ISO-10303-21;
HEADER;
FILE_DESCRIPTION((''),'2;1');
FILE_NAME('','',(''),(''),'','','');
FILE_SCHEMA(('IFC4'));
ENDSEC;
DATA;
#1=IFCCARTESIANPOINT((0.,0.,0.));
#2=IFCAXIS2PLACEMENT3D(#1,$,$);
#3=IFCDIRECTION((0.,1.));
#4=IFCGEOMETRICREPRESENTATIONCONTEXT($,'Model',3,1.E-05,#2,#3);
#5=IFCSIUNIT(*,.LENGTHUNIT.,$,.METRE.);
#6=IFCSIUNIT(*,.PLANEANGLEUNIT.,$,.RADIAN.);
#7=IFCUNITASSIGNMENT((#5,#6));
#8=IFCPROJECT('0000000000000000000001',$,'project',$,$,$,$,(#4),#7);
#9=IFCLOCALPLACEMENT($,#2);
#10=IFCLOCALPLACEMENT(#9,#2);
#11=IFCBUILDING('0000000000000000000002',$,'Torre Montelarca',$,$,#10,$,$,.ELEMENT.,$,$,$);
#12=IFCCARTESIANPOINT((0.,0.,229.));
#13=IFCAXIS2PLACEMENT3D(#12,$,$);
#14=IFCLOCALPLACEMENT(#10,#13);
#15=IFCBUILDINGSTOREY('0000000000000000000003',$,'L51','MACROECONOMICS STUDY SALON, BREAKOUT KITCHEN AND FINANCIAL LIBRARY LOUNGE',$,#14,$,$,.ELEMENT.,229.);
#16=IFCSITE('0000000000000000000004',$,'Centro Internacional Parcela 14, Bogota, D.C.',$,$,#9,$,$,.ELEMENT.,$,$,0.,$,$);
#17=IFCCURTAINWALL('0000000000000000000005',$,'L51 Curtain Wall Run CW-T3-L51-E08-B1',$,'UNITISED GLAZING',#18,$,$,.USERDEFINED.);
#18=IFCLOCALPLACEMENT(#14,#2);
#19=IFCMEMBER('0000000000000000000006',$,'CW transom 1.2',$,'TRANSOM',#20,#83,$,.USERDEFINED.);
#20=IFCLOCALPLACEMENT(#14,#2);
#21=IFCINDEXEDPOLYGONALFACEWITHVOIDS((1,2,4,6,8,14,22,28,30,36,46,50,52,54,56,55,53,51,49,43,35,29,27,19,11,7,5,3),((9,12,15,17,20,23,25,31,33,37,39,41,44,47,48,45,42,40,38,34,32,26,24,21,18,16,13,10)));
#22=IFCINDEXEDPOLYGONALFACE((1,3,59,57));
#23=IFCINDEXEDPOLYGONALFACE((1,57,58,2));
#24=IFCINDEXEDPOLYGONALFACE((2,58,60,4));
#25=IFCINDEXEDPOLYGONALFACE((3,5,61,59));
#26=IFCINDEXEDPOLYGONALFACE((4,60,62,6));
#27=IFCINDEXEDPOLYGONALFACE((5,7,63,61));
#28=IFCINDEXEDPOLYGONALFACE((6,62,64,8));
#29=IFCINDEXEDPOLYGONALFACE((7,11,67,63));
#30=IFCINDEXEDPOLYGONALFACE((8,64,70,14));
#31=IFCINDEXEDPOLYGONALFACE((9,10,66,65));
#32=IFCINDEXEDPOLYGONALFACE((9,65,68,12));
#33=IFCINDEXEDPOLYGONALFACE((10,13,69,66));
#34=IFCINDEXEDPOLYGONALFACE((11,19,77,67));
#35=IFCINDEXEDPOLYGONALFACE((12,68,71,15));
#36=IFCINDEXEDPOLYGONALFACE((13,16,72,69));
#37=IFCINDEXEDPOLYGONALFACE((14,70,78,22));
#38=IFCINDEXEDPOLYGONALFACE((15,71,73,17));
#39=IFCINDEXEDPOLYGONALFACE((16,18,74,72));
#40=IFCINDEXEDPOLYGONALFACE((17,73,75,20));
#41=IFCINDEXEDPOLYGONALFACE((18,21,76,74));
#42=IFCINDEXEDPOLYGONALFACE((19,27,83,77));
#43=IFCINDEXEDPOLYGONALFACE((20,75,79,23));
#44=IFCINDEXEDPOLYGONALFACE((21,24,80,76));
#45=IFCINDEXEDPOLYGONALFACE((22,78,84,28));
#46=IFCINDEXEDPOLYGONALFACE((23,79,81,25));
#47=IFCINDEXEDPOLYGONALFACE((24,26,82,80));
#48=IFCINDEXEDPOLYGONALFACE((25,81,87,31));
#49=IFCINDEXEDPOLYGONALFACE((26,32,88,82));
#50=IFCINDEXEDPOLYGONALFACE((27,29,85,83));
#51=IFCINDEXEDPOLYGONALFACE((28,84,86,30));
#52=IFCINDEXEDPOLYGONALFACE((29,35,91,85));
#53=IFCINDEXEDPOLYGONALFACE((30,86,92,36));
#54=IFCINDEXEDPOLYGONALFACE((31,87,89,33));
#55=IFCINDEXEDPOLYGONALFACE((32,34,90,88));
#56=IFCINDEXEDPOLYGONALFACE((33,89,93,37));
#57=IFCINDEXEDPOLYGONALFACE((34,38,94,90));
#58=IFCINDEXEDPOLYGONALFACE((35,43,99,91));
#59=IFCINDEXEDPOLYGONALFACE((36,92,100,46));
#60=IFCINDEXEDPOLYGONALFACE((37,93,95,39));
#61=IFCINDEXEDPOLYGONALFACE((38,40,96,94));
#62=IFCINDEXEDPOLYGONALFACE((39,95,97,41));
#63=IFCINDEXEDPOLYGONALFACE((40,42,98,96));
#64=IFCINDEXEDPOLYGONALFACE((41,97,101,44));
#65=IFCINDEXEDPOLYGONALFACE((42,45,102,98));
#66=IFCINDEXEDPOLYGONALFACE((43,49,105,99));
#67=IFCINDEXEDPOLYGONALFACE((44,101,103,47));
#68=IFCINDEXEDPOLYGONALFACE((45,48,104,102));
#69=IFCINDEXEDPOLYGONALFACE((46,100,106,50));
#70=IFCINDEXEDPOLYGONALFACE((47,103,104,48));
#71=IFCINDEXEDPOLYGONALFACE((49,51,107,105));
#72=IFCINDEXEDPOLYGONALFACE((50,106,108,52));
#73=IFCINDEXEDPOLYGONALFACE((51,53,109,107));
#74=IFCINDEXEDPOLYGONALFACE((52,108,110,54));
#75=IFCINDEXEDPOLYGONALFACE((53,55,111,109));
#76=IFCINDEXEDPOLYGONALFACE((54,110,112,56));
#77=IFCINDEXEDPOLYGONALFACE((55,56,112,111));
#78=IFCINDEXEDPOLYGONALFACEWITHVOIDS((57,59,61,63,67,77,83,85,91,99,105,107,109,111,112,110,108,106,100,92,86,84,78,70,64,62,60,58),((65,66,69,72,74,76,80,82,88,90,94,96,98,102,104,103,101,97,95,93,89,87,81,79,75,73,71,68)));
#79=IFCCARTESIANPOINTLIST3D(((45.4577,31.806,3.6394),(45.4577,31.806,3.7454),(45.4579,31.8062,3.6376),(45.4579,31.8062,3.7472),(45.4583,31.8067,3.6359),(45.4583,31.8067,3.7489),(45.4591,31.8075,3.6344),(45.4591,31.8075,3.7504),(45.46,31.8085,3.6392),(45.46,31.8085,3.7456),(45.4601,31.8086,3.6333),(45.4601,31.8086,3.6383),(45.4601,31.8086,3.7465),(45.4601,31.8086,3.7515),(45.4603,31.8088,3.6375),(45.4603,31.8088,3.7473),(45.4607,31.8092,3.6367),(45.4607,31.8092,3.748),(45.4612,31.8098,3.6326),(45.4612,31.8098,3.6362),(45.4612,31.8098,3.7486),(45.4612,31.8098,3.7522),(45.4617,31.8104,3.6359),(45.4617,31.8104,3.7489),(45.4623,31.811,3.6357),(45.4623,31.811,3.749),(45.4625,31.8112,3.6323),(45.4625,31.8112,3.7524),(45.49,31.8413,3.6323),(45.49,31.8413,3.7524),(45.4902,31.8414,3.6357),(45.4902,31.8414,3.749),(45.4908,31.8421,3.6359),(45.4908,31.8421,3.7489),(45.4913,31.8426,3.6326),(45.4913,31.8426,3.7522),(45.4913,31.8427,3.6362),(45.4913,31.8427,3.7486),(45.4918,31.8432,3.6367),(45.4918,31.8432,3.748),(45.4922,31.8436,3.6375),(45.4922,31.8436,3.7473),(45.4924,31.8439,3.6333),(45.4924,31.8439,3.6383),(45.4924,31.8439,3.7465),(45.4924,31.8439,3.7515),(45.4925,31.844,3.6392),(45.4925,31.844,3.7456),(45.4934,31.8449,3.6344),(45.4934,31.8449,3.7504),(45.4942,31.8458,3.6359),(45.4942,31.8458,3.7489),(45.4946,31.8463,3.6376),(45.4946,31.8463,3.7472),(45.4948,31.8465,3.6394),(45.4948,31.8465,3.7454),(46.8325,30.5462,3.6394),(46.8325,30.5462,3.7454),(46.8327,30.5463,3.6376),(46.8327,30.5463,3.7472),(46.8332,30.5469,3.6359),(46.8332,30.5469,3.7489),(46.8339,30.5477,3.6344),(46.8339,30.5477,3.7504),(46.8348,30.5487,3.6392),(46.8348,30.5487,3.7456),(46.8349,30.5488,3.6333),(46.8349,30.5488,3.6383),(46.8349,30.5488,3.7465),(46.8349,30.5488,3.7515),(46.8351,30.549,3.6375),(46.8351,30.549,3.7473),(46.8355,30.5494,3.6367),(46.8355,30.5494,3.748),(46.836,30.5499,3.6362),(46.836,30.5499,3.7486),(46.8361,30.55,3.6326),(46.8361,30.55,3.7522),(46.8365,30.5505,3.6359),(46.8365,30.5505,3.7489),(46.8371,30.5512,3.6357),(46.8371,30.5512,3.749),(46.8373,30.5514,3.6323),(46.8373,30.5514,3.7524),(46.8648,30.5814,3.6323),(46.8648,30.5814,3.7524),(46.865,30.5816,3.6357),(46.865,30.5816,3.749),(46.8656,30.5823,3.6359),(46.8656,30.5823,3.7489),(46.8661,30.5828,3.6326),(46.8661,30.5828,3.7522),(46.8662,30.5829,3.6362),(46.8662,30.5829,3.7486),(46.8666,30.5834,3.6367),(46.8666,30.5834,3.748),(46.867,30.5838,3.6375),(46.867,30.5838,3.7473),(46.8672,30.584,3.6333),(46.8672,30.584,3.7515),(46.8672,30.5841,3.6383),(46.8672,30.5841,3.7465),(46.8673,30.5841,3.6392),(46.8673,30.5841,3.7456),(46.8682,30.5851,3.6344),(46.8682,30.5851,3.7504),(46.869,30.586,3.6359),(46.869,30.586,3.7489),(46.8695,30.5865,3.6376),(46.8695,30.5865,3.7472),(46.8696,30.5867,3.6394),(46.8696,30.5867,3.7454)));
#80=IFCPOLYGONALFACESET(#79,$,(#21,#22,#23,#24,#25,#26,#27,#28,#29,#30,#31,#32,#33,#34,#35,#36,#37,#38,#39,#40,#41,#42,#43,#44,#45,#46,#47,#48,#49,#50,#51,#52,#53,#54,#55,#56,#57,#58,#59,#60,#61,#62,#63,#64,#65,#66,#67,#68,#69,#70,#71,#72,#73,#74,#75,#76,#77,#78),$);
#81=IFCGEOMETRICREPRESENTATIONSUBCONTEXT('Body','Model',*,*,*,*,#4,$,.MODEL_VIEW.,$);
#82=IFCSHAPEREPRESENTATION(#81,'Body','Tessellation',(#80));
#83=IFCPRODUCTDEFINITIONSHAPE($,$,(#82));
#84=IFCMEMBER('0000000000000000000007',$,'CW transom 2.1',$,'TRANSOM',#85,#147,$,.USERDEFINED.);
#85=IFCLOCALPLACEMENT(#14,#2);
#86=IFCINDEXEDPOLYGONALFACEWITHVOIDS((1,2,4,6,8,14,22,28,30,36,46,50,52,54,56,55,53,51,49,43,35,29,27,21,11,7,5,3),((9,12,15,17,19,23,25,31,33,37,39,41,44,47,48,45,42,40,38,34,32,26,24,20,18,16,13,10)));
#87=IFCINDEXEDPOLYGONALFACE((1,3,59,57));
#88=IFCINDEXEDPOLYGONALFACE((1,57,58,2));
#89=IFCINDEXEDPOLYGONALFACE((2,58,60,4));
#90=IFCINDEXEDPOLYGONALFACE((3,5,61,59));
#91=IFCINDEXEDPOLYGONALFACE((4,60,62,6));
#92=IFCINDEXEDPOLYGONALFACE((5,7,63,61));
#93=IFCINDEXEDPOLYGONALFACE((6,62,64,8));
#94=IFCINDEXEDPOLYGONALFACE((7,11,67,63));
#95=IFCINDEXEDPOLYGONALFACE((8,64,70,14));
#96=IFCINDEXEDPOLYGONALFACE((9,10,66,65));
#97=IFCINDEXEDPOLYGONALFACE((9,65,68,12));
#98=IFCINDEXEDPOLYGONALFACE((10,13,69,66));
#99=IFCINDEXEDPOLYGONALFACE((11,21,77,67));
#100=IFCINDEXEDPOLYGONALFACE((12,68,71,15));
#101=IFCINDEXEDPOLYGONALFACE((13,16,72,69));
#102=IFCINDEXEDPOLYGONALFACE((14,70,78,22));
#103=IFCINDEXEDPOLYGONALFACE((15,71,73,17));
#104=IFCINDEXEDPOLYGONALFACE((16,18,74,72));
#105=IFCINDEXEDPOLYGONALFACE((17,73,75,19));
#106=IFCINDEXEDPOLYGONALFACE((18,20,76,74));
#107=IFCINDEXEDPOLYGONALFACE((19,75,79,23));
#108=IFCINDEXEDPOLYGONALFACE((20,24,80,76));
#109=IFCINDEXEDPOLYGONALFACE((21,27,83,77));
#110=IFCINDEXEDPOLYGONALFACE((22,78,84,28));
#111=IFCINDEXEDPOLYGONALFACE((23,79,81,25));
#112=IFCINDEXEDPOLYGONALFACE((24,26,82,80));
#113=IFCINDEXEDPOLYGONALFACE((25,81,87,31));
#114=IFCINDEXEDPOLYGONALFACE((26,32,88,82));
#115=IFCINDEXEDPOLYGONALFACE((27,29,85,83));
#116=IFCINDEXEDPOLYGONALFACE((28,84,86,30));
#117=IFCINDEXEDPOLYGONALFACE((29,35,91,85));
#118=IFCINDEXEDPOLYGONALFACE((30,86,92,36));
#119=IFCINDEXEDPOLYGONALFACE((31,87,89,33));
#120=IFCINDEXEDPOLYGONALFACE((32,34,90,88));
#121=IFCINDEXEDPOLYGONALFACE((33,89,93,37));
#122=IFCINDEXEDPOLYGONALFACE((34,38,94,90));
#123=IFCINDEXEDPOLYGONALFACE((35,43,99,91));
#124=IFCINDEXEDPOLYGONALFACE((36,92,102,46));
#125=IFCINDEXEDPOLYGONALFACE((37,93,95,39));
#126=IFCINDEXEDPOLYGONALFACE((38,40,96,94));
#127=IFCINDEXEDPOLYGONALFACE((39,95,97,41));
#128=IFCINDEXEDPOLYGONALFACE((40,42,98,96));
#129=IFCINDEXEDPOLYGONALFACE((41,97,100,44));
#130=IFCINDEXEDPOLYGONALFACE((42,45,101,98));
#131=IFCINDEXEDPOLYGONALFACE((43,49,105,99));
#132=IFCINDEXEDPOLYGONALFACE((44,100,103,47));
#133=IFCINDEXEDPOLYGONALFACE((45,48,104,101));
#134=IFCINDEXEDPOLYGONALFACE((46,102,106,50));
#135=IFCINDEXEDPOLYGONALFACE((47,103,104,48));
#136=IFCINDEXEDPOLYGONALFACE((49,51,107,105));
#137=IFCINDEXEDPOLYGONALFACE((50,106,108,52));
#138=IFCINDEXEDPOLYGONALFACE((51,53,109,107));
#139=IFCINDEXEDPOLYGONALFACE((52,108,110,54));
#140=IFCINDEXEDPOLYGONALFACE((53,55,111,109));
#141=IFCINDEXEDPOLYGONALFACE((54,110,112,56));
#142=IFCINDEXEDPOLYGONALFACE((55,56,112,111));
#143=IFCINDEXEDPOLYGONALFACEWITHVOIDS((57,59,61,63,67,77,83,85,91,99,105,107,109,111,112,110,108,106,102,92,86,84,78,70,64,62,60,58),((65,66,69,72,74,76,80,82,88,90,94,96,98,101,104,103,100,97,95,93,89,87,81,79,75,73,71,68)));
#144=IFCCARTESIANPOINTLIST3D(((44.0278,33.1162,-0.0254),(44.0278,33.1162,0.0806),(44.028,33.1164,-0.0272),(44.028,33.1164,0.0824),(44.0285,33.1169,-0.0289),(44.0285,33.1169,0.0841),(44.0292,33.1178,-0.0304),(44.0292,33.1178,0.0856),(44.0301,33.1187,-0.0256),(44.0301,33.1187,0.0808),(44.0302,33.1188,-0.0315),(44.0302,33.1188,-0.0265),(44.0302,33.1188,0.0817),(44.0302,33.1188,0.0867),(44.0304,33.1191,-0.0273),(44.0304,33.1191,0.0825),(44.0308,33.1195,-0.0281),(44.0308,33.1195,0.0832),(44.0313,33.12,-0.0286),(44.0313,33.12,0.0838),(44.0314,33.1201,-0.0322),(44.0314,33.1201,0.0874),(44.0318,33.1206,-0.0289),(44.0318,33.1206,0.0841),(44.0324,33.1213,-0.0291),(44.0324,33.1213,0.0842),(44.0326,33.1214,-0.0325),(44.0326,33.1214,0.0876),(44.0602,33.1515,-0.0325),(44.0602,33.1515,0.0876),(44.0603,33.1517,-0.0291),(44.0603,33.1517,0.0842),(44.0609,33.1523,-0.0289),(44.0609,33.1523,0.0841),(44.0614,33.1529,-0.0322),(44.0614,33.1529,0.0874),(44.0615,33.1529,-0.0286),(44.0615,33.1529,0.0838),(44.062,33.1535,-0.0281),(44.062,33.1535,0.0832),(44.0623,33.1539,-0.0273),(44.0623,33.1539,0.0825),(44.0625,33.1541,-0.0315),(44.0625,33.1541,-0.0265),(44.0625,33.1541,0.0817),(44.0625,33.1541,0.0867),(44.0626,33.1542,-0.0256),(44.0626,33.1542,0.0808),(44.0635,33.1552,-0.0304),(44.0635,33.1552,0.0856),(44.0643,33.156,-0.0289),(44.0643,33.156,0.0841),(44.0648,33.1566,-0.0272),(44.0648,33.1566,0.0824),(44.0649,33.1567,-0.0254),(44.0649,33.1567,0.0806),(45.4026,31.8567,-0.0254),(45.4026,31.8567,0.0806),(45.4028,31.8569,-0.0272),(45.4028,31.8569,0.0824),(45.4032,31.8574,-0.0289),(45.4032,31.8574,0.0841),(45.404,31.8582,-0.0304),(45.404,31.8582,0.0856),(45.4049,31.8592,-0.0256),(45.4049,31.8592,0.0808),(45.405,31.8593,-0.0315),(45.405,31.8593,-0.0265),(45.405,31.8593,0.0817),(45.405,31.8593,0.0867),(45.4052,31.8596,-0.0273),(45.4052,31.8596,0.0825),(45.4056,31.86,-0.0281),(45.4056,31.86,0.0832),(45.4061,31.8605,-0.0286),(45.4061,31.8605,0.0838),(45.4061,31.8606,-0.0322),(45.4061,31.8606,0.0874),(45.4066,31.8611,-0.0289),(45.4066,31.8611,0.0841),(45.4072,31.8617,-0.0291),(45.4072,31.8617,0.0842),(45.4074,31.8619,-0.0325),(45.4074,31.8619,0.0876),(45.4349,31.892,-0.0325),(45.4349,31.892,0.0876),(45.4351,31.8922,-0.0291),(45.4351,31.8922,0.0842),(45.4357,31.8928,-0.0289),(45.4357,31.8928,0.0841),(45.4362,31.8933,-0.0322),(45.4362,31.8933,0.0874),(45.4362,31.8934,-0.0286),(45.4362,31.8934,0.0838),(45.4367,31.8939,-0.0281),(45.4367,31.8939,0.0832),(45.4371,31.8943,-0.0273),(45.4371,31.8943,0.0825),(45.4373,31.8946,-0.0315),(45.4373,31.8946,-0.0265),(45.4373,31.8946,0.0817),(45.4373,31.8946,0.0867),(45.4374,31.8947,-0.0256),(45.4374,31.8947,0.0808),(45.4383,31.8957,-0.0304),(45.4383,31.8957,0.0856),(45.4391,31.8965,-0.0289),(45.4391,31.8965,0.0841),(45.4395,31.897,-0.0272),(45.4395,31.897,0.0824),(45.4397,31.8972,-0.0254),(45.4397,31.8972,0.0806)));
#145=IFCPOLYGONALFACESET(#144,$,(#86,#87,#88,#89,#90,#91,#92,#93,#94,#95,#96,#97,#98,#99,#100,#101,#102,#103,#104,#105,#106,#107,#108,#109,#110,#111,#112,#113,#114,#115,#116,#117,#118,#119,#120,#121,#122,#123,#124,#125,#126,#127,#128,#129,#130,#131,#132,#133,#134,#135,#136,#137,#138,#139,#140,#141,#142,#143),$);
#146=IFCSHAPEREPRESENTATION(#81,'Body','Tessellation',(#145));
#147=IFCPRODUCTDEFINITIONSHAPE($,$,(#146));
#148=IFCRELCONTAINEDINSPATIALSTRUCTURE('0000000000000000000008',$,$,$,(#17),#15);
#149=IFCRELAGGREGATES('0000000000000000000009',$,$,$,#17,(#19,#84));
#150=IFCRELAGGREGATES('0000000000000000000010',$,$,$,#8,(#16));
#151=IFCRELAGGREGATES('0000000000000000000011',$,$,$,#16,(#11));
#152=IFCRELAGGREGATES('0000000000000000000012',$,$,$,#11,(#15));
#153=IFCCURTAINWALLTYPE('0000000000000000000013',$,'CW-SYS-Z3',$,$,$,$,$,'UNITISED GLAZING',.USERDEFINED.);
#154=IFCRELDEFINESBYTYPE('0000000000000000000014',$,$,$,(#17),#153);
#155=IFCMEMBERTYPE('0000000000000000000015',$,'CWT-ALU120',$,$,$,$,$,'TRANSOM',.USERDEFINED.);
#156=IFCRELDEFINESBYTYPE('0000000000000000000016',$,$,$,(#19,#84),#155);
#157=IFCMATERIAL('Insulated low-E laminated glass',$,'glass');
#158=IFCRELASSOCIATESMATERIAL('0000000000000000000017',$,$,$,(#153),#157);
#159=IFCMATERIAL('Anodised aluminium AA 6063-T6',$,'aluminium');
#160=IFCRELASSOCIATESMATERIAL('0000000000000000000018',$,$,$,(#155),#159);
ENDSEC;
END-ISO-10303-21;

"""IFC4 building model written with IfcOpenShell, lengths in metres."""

from ifc_helpers import new_model, si_unit, direction, frame, origin, origin_2d, place, context, subcontext, project, spatial, hollow_rectangle, extrude, source, transform, mapped, material, material_profile, profile_set, type_object, element, aggregate, save


model = new_model("IFC4")

# Units and contexts
model_context = context("Model", 3, precision=1e-05, world=origin(), true_north=direction((0.0, 1.0)))
body_context = subcontext(model_context, "Body", "Model", "MODEL_VIEW")
ifc_project = project(units=[si_unit("LENGTHUNIT", "METRE"), si_unit("PLANEANGLEUNIT", "RADIAN")], contexts=[model_context])

# Site, building, storey
site_placement = place(None, origin())
site = spatial("IfcSite", under=ifc_project, at=site_placement, Name="Centro Internacional Parcela 14, Bogota, D.C.", CompositionType="ELEMENT", RefElevation=0.0)
building_placement = place(site_placement, origin())
building = spatial("IfcBuilding", under=site, at=building_placement, Name="Torre Montelarca", CompositionType="ELEMENT")
storey_placement = place(building_placement, frame((0.0, 0.0, 229.0)))
storey = spatial("IfcBuildingStorey", under=building, at=storey_placement, Name="L51", Description="MACROECONOMICS STUDY SALON, BREAKOUT KITCHEN AND FINANCIAL LIBRARY LOUNGE", CompositionType="ELEMENT", Elevation=229.0)

# Curtain wall
ifc_material_1 = material(Name="Insulated low-E laminated glass", Category="glass")
curtain_wall_type = type_object("IfcCurtainWallType", Name="CW-SYS-Z3", ElementType="UNITISED GLAZING", PredefinedType="USERDEFINED", material=ifc_material_1)
curtain_wall_1_placement = place(storey_placement, origin())
curtain_wall_1 = element("IfcCurtainWall", 1, at=curtain_wall_1_placement, inside=storey, type_object=curtain_wall_type, Name="L51 Curtain Wall Run CW-T3-L51-E08-B1", ObjectType="UNITISED GLAZING", PredefinedType="USERDEFINED")
ifc_material_2 = material(Name="Anodised aluminium AA 6063-T6", Category="aluminium")

# Members
ifc_material_profile_1 = material_profile(ifc_material_2, hollow_rectangle(XDim=0.0549, YDim=0.1201, WallThickness=0.0034, InnerFilletRadius=0.0034, OuterFilletRadius=0.0071, at=origin_2d()), Name="ALU55X120X3.5", Category="aluminium")
ifc_profile_set_1 = profile_set([ifc_material_profile_1], Name="Anodised aluminium AA 6063-T6")
member_type_1 = type_object("IfcMemberType", Name="CWT-ALU120", ElementType="TRANSOM", PredefinedType="USERDEFINED", material=ifc_profile_set_1)
shared_shape_1 = source(origin(), body_context, "Body", "SweptSolid", [
    extrude(hollow_rectangle(XDim=0.0549, YDim=0.1201, WallThickness=0.0034, InnerFilletRadius=0.0034, OuterFilletRadius=0.0071, at=origin_2d()), origin(), (0.0, 0.0, 1.0), 1.8647),
])
member_1_placement = place(storey_placement, frame((46.8511, 30.5664, 3.6924), z_axis=(-0.737268, 0.6756, 0.0), x_axis=(-0.6756, -0.737268, 0.0)))
member_1 = element("IfcMember", 2, at=member_1_placement, type_object=member_type_1, Name="CW transom 1.2", ObjectType="TRANSOM", PredefinedType="USERDEFINED", context=body_context, shape_type="MappedRepresentation", body=[
    mapped(shared_shape_1, transform((0.0, 0.0, 0.0), scale=1.0)),
])
shared_shape_2 = source(origin(), body_context, "Body", "SweptSolid", [
    extrude(hollow_rectangle(XDim=0.0549, YDim=0.1201, WallThickness=0.0034, InnerFilletRadius=0.0034, OuterFilletRadius=0.0071, at=origin_2d()), origin(), (0.0, 0.0, 1.0), 1.8645),
])
member_2_placement = place(storey_placement, frame((45.4211, 31.877, 0.0276), z_axis=(-0.737333, 0.675529, 0.0), x_axis=(-0.675529, -0.737333, 0.0)))
member_2 = element("IfcMember", 3, at=member_2_placement, type_object=member_type_1, Name="CW transom 2.1", ObjectType="TRANSOM", PredefinedType="USERDEFINED", context=body_context, shape_type="MappedRepresentation", body=[
    mapped(shared_shape_2, transform((0.0, 0.0, 0.0), scale=1.0)),
])

aggregate(curtain_wall_1, [member_1, member_2])

save(model, "model.ifc")
